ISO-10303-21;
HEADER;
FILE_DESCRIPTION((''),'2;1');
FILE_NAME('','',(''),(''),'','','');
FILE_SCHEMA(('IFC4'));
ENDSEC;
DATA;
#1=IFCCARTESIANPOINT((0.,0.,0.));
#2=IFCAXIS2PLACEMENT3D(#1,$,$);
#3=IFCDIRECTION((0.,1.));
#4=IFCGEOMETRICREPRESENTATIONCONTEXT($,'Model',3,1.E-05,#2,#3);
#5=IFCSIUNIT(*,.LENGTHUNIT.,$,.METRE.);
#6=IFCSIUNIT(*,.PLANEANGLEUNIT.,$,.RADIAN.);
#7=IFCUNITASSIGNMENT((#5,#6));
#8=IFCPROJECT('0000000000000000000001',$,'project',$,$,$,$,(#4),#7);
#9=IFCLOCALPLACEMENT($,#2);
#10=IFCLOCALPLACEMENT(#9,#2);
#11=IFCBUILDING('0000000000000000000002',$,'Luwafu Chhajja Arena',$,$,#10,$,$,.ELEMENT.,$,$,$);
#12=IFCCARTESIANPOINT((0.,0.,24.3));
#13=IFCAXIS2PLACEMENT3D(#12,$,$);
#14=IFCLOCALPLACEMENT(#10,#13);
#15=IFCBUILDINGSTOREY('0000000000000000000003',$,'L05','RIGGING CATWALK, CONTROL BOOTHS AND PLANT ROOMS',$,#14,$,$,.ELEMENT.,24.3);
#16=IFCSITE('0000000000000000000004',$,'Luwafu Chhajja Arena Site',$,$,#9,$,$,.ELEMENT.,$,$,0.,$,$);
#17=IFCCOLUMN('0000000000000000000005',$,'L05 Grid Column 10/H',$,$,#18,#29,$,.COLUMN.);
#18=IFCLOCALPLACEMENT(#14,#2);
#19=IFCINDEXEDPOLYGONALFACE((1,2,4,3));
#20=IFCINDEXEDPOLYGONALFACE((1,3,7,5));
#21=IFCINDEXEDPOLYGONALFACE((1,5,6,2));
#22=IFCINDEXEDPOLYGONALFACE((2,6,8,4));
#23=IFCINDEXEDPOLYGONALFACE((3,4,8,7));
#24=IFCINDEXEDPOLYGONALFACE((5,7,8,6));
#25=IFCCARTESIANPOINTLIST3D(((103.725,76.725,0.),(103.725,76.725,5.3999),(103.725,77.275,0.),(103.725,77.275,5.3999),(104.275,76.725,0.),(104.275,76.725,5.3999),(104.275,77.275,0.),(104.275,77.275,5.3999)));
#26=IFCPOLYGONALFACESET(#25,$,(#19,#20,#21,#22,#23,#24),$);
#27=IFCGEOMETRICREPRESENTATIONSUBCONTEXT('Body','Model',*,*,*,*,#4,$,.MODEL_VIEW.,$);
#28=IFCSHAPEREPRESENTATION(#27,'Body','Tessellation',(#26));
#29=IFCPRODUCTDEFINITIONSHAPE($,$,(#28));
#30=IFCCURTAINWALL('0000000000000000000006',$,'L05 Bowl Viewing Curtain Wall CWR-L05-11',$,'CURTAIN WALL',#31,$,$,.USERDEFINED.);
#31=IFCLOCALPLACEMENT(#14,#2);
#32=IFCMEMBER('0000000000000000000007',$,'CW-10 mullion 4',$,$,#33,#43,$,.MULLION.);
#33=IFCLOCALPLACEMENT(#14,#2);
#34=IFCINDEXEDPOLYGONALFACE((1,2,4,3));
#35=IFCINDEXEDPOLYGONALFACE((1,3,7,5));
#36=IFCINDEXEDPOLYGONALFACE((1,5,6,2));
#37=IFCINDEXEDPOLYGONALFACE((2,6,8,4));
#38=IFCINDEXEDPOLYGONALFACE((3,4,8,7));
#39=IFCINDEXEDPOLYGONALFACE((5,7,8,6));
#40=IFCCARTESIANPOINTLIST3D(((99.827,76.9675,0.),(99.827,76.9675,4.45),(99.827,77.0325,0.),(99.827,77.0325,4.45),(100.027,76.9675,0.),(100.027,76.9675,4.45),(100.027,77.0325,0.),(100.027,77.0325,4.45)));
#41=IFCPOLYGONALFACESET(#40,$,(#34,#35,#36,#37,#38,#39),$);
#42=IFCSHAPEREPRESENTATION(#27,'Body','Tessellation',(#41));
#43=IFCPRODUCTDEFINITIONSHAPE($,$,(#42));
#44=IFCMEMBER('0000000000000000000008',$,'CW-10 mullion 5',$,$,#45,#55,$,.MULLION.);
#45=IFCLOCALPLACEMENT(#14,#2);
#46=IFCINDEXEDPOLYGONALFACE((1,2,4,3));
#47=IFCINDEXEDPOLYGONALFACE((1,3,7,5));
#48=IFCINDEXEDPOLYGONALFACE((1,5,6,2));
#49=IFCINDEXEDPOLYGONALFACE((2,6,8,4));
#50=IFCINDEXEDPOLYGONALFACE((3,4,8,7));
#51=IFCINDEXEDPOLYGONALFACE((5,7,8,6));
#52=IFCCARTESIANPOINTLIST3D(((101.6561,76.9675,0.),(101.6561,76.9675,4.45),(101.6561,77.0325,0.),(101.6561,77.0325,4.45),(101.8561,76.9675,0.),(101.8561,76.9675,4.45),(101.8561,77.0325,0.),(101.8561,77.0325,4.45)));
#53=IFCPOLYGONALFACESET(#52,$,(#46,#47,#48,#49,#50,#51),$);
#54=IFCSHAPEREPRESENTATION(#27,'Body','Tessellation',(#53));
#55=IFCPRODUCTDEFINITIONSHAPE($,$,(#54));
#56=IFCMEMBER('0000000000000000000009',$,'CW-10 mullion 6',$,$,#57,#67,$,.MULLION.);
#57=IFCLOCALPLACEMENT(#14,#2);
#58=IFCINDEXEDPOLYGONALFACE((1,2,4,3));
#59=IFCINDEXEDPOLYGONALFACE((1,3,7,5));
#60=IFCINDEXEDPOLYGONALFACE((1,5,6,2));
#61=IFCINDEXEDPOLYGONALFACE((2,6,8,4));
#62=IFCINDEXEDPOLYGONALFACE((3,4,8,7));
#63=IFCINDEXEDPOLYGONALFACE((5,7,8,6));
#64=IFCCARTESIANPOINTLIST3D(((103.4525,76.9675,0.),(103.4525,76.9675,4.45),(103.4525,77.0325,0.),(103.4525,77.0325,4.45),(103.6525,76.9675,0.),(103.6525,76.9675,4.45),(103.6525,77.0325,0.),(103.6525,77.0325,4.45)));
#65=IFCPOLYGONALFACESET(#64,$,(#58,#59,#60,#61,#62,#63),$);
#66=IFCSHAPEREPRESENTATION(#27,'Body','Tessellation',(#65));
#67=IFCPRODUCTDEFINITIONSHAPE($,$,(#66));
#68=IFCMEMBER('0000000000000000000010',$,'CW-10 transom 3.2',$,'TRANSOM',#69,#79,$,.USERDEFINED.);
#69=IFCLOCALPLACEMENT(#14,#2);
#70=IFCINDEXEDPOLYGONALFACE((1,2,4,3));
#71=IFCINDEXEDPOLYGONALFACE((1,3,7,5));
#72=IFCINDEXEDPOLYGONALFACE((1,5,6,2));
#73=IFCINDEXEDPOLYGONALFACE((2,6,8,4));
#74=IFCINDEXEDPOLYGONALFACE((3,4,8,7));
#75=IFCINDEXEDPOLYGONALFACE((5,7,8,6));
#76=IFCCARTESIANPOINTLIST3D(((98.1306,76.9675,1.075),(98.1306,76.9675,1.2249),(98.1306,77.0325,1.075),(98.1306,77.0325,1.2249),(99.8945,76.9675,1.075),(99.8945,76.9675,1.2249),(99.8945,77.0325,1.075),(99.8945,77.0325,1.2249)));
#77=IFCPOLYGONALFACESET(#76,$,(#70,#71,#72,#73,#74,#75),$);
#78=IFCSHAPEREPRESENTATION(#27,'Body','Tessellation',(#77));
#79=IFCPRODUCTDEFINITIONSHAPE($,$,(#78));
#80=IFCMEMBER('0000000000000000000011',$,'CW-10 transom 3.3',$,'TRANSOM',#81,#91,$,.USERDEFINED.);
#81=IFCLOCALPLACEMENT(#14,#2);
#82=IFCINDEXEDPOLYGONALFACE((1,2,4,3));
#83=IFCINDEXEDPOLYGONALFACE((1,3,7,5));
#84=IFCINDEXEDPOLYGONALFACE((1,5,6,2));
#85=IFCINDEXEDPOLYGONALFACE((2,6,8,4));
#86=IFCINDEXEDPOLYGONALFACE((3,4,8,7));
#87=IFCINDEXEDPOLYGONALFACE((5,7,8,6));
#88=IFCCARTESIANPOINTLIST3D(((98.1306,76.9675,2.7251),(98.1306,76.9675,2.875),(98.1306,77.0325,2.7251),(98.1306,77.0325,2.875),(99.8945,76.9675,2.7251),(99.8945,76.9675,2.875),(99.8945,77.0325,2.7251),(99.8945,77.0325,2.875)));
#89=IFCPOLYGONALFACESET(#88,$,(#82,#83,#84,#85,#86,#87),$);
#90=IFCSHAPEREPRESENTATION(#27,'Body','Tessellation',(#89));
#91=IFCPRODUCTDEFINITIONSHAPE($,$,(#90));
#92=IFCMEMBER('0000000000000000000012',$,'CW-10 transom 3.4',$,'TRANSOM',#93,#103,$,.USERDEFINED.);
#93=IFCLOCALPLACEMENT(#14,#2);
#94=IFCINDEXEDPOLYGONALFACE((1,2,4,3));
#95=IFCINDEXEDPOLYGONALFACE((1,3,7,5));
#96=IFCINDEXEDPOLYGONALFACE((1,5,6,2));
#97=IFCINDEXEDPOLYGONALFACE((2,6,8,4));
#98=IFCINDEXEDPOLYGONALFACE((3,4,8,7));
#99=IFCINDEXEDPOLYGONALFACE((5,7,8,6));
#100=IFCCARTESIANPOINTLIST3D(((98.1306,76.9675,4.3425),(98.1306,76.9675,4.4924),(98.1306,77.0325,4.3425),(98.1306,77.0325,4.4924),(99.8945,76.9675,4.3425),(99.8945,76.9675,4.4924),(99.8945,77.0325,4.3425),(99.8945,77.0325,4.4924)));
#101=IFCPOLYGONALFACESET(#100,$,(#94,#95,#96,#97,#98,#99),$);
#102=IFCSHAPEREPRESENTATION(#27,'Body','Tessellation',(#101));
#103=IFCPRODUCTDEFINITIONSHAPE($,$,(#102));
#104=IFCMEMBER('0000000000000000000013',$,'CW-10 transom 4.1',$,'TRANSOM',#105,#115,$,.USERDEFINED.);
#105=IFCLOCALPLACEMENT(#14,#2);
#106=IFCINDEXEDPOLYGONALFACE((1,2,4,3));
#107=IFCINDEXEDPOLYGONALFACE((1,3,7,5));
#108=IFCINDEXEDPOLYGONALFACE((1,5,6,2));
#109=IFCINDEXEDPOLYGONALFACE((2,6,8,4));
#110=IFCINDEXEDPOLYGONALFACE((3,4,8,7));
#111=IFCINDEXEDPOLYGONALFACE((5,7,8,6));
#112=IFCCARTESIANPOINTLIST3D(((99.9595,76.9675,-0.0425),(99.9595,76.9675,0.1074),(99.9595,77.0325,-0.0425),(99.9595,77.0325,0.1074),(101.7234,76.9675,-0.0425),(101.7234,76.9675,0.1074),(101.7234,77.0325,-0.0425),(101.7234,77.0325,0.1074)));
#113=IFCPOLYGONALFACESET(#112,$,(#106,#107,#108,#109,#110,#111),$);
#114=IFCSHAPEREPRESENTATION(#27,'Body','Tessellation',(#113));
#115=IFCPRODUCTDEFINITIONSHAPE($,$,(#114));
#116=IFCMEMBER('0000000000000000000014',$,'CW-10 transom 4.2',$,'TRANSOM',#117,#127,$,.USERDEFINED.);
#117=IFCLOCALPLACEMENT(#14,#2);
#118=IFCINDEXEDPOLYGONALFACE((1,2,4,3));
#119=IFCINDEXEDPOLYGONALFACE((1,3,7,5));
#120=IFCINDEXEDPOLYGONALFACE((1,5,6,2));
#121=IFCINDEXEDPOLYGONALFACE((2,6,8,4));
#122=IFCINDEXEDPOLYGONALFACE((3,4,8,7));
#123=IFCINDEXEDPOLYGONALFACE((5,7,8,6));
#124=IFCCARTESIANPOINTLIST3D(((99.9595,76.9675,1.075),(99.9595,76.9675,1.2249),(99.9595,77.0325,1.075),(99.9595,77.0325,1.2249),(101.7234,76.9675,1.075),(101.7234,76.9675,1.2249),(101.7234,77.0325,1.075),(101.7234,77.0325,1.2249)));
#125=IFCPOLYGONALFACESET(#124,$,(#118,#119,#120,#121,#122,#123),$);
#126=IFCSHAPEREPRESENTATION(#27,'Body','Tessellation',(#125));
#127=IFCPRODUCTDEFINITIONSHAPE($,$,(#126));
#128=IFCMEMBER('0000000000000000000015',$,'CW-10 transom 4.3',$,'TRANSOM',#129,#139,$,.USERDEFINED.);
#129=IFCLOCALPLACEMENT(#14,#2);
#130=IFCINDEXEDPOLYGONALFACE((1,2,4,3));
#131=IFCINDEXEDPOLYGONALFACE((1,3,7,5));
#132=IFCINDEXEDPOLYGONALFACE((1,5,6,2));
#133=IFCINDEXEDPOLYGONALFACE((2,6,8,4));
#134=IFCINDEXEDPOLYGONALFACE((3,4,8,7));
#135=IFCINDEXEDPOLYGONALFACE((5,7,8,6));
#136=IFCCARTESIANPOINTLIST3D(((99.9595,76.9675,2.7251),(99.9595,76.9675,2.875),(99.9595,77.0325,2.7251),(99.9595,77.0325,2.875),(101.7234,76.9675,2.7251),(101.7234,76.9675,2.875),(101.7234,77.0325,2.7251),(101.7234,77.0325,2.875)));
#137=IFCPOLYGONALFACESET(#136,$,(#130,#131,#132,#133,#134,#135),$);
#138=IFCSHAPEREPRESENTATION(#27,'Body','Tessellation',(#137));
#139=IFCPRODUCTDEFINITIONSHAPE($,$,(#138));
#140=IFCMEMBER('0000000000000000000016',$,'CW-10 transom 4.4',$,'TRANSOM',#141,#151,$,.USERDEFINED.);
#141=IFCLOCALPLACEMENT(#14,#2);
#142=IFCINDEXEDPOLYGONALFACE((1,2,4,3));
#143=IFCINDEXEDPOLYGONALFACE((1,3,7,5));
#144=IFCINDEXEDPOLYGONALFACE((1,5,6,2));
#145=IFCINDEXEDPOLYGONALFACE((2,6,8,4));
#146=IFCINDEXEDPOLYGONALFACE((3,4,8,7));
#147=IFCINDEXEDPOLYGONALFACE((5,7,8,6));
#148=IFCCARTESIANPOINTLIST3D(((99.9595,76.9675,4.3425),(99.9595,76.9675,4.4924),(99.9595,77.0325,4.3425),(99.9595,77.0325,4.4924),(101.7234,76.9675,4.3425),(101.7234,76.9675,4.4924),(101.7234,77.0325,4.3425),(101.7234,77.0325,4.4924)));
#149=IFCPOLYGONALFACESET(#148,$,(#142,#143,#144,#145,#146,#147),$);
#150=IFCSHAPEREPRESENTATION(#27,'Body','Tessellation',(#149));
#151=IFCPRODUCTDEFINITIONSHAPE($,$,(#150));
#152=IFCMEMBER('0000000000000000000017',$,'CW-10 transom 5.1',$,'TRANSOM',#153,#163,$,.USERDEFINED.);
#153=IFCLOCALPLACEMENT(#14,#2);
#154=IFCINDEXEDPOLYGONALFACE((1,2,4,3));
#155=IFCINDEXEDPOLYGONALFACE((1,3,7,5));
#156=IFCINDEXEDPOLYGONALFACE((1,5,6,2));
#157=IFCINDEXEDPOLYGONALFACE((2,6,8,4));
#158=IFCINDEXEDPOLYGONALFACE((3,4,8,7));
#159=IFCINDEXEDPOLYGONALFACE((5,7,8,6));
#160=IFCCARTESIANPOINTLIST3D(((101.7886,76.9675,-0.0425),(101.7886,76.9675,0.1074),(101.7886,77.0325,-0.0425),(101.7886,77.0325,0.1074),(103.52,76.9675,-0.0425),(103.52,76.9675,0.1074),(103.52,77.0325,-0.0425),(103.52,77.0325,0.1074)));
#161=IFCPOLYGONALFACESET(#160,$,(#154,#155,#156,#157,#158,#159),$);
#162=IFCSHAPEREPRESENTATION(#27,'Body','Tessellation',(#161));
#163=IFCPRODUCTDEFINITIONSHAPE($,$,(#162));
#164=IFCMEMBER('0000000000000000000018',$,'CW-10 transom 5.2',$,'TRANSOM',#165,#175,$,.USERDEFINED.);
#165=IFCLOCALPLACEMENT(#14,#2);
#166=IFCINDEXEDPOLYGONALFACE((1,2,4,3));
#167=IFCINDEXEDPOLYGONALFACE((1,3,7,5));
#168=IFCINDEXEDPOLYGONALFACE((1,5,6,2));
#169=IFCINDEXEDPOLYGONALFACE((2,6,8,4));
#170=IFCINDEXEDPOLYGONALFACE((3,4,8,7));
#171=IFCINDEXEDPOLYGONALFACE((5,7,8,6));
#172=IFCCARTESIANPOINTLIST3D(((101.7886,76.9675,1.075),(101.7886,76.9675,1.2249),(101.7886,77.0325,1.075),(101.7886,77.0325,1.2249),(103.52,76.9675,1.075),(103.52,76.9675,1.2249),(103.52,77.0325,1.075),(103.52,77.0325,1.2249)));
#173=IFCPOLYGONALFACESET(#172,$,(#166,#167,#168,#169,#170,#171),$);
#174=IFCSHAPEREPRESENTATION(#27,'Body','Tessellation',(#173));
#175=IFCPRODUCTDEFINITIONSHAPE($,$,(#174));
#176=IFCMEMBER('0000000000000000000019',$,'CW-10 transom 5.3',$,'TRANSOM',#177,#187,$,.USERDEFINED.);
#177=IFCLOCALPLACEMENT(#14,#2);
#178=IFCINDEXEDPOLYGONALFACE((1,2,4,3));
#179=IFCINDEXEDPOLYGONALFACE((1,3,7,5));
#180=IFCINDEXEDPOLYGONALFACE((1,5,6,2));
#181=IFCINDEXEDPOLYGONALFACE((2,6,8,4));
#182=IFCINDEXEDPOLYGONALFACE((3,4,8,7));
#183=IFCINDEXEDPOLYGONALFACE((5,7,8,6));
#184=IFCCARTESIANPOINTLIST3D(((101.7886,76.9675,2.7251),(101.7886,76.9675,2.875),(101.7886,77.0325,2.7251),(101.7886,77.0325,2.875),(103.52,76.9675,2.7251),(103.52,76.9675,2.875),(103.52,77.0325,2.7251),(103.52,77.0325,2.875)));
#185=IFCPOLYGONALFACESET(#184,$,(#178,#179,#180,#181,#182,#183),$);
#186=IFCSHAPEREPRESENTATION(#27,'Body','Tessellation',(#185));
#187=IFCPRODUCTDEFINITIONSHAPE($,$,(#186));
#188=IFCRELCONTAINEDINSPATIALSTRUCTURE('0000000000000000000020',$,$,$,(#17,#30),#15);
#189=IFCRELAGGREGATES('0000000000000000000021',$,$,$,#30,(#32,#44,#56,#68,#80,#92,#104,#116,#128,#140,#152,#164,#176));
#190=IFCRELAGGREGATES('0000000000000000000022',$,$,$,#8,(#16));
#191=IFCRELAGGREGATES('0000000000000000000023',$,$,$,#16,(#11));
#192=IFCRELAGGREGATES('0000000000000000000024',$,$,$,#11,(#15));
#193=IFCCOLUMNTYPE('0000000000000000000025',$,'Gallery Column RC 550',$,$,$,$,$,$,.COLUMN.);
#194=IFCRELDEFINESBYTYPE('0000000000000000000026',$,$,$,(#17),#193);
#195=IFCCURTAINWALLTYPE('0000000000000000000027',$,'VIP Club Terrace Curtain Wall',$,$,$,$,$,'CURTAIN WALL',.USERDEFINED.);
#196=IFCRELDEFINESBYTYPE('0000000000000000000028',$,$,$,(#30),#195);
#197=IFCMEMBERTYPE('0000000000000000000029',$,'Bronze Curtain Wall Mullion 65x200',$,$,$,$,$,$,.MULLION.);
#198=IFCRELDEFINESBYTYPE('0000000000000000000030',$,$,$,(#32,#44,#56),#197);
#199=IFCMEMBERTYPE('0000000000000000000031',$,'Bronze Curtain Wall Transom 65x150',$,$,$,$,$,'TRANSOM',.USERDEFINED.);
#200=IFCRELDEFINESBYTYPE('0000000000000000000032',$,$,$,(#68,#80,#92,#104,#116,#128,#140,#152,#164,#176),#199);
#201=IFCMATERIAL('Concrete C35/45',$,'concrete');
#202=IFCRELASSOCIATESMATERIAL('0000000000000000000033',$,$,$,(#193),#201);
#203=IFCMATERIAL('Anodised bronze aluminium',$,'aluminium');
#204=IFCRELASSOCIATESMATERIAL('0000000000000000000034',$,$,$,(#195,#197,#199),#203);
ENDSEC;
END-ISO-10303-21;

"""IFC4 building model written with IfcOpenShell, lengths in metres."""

from ifc_helpers import new_model, si_unit, direction, frame, origin, origin_2d, place, context, subcontext, project, spatial, rectangle, extrude, material, material_profile, profile_set, type_object, element, aggregate, save


model = new_model("IFC4")

# Units and contexts
model_context = context("Model", 3, precision=1e-05, world=origin(), true_north=direction((0.0, 1.0)))
body_context = subcontext(model_context, "Body", "Model", "MODEL_VIEW")
ifc_project = project(units=[si_unit("LENGTHUNIT", "METRE"), si_unit("PLANEANGLEUNIT", "RADIAN")], contexts=[model_context])

# Site, building, storey
site_placement = place(None, origin())
site = spatial("IfcSite", under=ifc_project, at=site_placement, Name="Luwafu Chhajja Arena Site", CompositionType="ELEMENT", RefElevation=0.0)
building_placement = place(site_placement, origin())
building = spatial("IfcBuilding", under=site, at=building_placement, Name="Luwafu Chhajja Arena", CompositionType="ELEMENT")
storey_placement = place(building_placement, frame((0.0, 0.0, 24.3)))
storey = spatial("IfcBuildingStorey", under=building, at=storey_placement, Name="L05", Description="RIGGING CATWALK, CONTROL BOOTHS AND PLANT ROOMS", CompositionType="ELEMENT", Elevation=24.3)

# Column
ifc_material_1 = material(Name="Concrete C35/45", Category="concrete")
ifc_material_profile_1 = material_profile(ifc_material_1, rectangle(XDim=0.55, YDim=0.55, at=origin_2d()), Name="RC 550x550")
ifc_profile_set_1 = profile_set([ifc_material_profile_1], Name="Concrete C35/45")
column_type = type_object("IfcColumnType", Name="Gallery Column RC 550", PredefinedType="COLUMN", material=ifc_profile_set_1)
column_placement = place(storey_placement, frame((104.0, 77.0, 0.0), z_axis=(0.0, 0.0, 1.0), x_axis=(1.0, 0.0, 0.0)))
element("IfcColumn", 1, at=column_placement, inside=storey, type_object=column_type, Name="L05 Grid Column 10/H", PredefinedType="COLUMN", context=body_context, shape_type="SweptSolid", body=[
    extrude(rectangle(XDim=0.55, YDim=0.55, at=origin_2d()), origin(), (0.0, 0.0, 1.0), 5.3999),
])

# Curtain wall, members
ifc_material_2 = material(Name="Anodised bronze aluminium", Category="aluminium")
curtain_wall_type = type_object("IfcCurtainWallType", Name="VIP Club Terrace Curtain Wall", ElementType="CURTAIN WALL", PredefinedType="USERDEFINED", material=ifc_material_2)
curtain_wall_placement = place(storey_placement, origin())
curtain_wall = element("IfcCurtainWall", 2, at=curtain_wall_placement, inside=storey, type_object=curtain_wall_type, Name="L05 Bowl Viewing Curtain Wall CWR-L05-11", ObjectType="CURTAIN WALL", PredefinedType="USERDEFINED")
ifc_material_profile_2 = material_profile(ifc_material_2, rectangle(XDim=0.0649, YDim=0.2, at=origin_2d()), Name="CWM 65x200")
ifc_profile_set_2 = profile_set([ifc_material_profile_2], Name="Anodised bronze aluminium")
member_type_1 = type_object("IfcMemberType", Name="Bronze Curtain Wall Mullion 65x200", PredefinedType="MULLION", material=ifc_profile_set_2)
member_1_placement = place(storey_placement, frame((99.927, 77.0, 0.0), z_axis=(0.0, 0.0, 1.0), x_axis=(0.0, 1.0, 0.0)))
member_1 = element("IfcMember", 3, at=member_1_placement, type_object=member_type_1, Name="CW-10 mullion 4", PredefinedType="MULLION", context=body_context, shape_type="SweptSolid", body=[
    extrude(rectangle(XDim=0.0649, YDim=0.2, at=origin_2d()), origin(), (0.0, 0.0, 1.0), 4.45),
])
member_2_placement = place(storey_placement, frame((101.7561, 77.0, 0.0), z_axis=(0.0, 0.0, 1.0), x_axis=(0.0, 1.0, 0.0)))
member_2 = element("IfcMember", 4, at=member_2_placement, type_object=member_type_1, Name="CW-10 mullion 5", PredefinedType="MULLION", context=body_context, shape_type="SweptSolid", body=[
    extrude(rectangle(XDim=0.0649, YDim=0.2, at=origin_2d()), origin(), (0.0, 0.0, 1.0), 4.45),
])
member_3_placement = place(storey_placement, frame((103.5525, 77.0, 0.0), z_axis=(0.0, 0.0, 1.0), x_axis=(0.0, 1.0, 0.0)))
member_3 = element("IfcMember", 5, at=member_3_placement, type_object=member_type_1, Name="CW-10 mullion 6", PredefinedType="MULLION", context=body_context, shape_type="SweptSolid", body=[
    extrude(rectangle(XDim=0.0649, YDim=0.2, at=origin_2d()), origin(), (0.0, 0.0, 1.0), 4.45),
])
ifc_material_profile_3 = material_profile(ifc_material_2, rectangle(XDim=0.0649, YDim=0.1499, at=origin_2d()), Name="CWT 65x150")
ifc_profile_set_3 = profile_set([ifc_material_profile_3], Name="Anodised bronze aluminium")
member_type_2 = type_object("IfcMemberType", Name="Bronze Curtain Wall Transom 65x150", ElementType="TRANSOM", PredefinedType="USERDEFINED", material=ifc_profile_set_3)
member_4_placement = place(storey_placement, frame((98.1306, 77.0, 1.1499), z_axis=(1.0, 0.0, 0.0), x_axis=(0.0, 1.0, 0.0)))
member_4 = element("IfcMember", 6, at=member_4_placement, type_object=member_type_2, Name="CW-10 transom 3.2", ObjectType="TRANSOM", PredefinedType="USERDEFINED", context=body_context, shape_type="SweptSolid", body=[
    extrude(rectangle(XDim=0.0649, YDim=0.1499, at=origin_2d()), origin(), (0.0, 0.0, 1.0), 1.7639),
])
member_5_placement = place(storey_placement, frame((98.1306, 77.0, 2.8), z_axis=(1.0, 0.0, 0.0), x_axis=(0.0, 1.0, 0.0)))
member_5 = element("IfcMember", 7, at=member_5_placement, type_object=member_type_2, Name="CW-10 transom 3.3", ObjectType="TRANSOM", PredefinedType="USERDEFINED", context=body_context, shape_type="SweptSolid", body=[
    extrude(rectangle(XDim=0.0649, YDim=0.1499, at=origin_2d()), origin(), (0.0, 0.0, 1.0), 1.7639),
])
member_6_placement = place(storey_placement, frame((98.1306, 77.0, 4.4175), z_axis=(1.0, 0.0, 0.0), x_axis=(0.0, 1.0, 0.0)))
member_6 = element("IfcMember", 8, at=member_6_placement, type_object=member_type_2, Name="CW-10 transom 3.4", ObjectType="TRANSOM", PredefinedType="USERDEFINED", context=body_context, shape_type="SweptSolid", body=[
    extrude(rectangle(XDim=0.0649, YDim=0.1499, at=origin_2d()), origin(), (0.0, 0.0, 1.0), 1.7639),
])
member_7_placement = place(storey_placement, frame((99.9595, 77.0, 0.0325), z_axis=(1.0, 0.0, 0.0), x_axis=(0.0, 1.0, 0.0)))
member_7 = element("IfcMember", 9, at=member_7_placement, type_object=member_type_2, Name="CW-10 transom 4.1", ObjectType="TRANSOM", PredefinedType="USERDEFINED", context=body_context, shape_type="SweptSolid", body=[
    extrude(rectangle(XDim=0.0649, YDim=0.1499, at=origin_2d()), origin(), (0.0, 0.0, 1.0), 1.7639),
])
member_8_placement = place(storey_placement, frame((99.9595, 77.0, 1.1499), z_axis=(1.0, 0.0, 0.0), x_axis=(0.0, 1.0, 0.0)))
member_8 = element("IfcMember", 10, at=member_8_placement, type_object=member_type_2, Name="CW-10 transom 4.2", ObjectType="TRANSOM", PredefinedType="USERDEFINED", context=body_context, shape_type="SweptSolid", body=[
    extrude(rectangle(XDim=0.0649, YDim=0.1499, at=origin_2d()), origin(), (0.0, 0.0, 1.0), 1.7639),
])
member_9_placement = place(storey_placement, frame((99.9595, 77.0, 2.8), z_axis=(1.0, 0.0, 0.0), x_axis=(0.0, 1.0, 0.0)))
member_9 = element("IfcMember", 11, at=member_9_placement, type_object=member_type_2, Name="CW-10 transom 4.3", ObjectType="TRANSOM", PredefinedType="USERDEFINED", context=body_context, shape_type="SweptSolid", body=[
    extrude(rectangle(XDim=0.0649, YDim=0.1499, at=origin_2d()), origin(), (0.0, 0.0, 1.0), 1.7639),
])
member_10_placement = place(storey_placement, frame((99.9595, 77.0, 4.4175), z_axis=(1.0, 0.0, 0.0), x_axis=(0.0, 1.0, 0.0)))
member_10 = element("IfcMember", 12, at=member_10_placement, type_object=member_type_2, Name="CW-10 transom 4.4", ObjectType="TRANSOM", PredefinedType="USERDEFINED", context=body_context, shape_type="SweptSolid", body=[
    extrude(rectangle(XDim=0.0649, YDim=0.1499, at=origin_2d()), origin(), (0.0, 0.0, 1.0), 1.7639),
])
member_11_placement = place(storey_placement, frame((101.7886, 77.0, 0.0325), z_axis=(1.0, 0.0, 0.0), x_axis=(0.0, 1.0, 0.0)))
member_11 = element("IfcMember", 13, at=member_11_placement, type_object=member_type_2, Name="CW-10 transom 5.1", ObjectType="TRANSOM", PredefinedType="USERDEFINED", context=body_context, shape_type="SweptSolid", body=[
    extrude(rectangle(XDim=0.0649, YDim=0.1499, at=origin_2d()), origin(), (0.0, 0.0, 1.0), 1.7314),
])
member_12_placement = place(storey_placement, frame((101.7886, 77.0, 1.1499), z_axis=(1.0, 0.0, 0.0), x_axis=(0.0, 1.0, 0.0)))
member_12 = element("IfcMember", 14, at=member_12_placement, type_object=member_type_2, Name="CW-10 transom 5.2", ObjectType="TRANSOM", PredefinedType="USERDEFINED", context=body_context, shape_type="SweptSolid", body=[
    extrude(rectangle(XDim=0.0649, YDim=0.1499, at=origin_2d()), origin(), (0.0, 0.0, 1.0), 1.7314),
])
member_13_placement = place(storey_placement, frame((101.7886, 77.0, 2.8), z_axis=(1.0, 0.0, 0.0), x_axis=(0.0, 1.0, 0.0)))
member_13 = element("IfcMember", 15, at=member_13_placement, type_object=member_type_2, Name="CW-10 transom 5.3", ObjectType="TRANSOM", PredefinedType="USERDEFINED", context=body_context, shape_type="SweptSolid", body=[
    extrude(rectangle(XDim=0.0649, YDim=0.1499, at=origin_2d()), origin(), (0.0, 0.0, 1.0), 1.7314),
])

aggregate(curtain_wall, [member_1, member_2, member_3, member_4, member_5, member_6, member_7, member_8, member_9, member_10, member_11, member_12, member_13])

save(model, "model.ifc")
